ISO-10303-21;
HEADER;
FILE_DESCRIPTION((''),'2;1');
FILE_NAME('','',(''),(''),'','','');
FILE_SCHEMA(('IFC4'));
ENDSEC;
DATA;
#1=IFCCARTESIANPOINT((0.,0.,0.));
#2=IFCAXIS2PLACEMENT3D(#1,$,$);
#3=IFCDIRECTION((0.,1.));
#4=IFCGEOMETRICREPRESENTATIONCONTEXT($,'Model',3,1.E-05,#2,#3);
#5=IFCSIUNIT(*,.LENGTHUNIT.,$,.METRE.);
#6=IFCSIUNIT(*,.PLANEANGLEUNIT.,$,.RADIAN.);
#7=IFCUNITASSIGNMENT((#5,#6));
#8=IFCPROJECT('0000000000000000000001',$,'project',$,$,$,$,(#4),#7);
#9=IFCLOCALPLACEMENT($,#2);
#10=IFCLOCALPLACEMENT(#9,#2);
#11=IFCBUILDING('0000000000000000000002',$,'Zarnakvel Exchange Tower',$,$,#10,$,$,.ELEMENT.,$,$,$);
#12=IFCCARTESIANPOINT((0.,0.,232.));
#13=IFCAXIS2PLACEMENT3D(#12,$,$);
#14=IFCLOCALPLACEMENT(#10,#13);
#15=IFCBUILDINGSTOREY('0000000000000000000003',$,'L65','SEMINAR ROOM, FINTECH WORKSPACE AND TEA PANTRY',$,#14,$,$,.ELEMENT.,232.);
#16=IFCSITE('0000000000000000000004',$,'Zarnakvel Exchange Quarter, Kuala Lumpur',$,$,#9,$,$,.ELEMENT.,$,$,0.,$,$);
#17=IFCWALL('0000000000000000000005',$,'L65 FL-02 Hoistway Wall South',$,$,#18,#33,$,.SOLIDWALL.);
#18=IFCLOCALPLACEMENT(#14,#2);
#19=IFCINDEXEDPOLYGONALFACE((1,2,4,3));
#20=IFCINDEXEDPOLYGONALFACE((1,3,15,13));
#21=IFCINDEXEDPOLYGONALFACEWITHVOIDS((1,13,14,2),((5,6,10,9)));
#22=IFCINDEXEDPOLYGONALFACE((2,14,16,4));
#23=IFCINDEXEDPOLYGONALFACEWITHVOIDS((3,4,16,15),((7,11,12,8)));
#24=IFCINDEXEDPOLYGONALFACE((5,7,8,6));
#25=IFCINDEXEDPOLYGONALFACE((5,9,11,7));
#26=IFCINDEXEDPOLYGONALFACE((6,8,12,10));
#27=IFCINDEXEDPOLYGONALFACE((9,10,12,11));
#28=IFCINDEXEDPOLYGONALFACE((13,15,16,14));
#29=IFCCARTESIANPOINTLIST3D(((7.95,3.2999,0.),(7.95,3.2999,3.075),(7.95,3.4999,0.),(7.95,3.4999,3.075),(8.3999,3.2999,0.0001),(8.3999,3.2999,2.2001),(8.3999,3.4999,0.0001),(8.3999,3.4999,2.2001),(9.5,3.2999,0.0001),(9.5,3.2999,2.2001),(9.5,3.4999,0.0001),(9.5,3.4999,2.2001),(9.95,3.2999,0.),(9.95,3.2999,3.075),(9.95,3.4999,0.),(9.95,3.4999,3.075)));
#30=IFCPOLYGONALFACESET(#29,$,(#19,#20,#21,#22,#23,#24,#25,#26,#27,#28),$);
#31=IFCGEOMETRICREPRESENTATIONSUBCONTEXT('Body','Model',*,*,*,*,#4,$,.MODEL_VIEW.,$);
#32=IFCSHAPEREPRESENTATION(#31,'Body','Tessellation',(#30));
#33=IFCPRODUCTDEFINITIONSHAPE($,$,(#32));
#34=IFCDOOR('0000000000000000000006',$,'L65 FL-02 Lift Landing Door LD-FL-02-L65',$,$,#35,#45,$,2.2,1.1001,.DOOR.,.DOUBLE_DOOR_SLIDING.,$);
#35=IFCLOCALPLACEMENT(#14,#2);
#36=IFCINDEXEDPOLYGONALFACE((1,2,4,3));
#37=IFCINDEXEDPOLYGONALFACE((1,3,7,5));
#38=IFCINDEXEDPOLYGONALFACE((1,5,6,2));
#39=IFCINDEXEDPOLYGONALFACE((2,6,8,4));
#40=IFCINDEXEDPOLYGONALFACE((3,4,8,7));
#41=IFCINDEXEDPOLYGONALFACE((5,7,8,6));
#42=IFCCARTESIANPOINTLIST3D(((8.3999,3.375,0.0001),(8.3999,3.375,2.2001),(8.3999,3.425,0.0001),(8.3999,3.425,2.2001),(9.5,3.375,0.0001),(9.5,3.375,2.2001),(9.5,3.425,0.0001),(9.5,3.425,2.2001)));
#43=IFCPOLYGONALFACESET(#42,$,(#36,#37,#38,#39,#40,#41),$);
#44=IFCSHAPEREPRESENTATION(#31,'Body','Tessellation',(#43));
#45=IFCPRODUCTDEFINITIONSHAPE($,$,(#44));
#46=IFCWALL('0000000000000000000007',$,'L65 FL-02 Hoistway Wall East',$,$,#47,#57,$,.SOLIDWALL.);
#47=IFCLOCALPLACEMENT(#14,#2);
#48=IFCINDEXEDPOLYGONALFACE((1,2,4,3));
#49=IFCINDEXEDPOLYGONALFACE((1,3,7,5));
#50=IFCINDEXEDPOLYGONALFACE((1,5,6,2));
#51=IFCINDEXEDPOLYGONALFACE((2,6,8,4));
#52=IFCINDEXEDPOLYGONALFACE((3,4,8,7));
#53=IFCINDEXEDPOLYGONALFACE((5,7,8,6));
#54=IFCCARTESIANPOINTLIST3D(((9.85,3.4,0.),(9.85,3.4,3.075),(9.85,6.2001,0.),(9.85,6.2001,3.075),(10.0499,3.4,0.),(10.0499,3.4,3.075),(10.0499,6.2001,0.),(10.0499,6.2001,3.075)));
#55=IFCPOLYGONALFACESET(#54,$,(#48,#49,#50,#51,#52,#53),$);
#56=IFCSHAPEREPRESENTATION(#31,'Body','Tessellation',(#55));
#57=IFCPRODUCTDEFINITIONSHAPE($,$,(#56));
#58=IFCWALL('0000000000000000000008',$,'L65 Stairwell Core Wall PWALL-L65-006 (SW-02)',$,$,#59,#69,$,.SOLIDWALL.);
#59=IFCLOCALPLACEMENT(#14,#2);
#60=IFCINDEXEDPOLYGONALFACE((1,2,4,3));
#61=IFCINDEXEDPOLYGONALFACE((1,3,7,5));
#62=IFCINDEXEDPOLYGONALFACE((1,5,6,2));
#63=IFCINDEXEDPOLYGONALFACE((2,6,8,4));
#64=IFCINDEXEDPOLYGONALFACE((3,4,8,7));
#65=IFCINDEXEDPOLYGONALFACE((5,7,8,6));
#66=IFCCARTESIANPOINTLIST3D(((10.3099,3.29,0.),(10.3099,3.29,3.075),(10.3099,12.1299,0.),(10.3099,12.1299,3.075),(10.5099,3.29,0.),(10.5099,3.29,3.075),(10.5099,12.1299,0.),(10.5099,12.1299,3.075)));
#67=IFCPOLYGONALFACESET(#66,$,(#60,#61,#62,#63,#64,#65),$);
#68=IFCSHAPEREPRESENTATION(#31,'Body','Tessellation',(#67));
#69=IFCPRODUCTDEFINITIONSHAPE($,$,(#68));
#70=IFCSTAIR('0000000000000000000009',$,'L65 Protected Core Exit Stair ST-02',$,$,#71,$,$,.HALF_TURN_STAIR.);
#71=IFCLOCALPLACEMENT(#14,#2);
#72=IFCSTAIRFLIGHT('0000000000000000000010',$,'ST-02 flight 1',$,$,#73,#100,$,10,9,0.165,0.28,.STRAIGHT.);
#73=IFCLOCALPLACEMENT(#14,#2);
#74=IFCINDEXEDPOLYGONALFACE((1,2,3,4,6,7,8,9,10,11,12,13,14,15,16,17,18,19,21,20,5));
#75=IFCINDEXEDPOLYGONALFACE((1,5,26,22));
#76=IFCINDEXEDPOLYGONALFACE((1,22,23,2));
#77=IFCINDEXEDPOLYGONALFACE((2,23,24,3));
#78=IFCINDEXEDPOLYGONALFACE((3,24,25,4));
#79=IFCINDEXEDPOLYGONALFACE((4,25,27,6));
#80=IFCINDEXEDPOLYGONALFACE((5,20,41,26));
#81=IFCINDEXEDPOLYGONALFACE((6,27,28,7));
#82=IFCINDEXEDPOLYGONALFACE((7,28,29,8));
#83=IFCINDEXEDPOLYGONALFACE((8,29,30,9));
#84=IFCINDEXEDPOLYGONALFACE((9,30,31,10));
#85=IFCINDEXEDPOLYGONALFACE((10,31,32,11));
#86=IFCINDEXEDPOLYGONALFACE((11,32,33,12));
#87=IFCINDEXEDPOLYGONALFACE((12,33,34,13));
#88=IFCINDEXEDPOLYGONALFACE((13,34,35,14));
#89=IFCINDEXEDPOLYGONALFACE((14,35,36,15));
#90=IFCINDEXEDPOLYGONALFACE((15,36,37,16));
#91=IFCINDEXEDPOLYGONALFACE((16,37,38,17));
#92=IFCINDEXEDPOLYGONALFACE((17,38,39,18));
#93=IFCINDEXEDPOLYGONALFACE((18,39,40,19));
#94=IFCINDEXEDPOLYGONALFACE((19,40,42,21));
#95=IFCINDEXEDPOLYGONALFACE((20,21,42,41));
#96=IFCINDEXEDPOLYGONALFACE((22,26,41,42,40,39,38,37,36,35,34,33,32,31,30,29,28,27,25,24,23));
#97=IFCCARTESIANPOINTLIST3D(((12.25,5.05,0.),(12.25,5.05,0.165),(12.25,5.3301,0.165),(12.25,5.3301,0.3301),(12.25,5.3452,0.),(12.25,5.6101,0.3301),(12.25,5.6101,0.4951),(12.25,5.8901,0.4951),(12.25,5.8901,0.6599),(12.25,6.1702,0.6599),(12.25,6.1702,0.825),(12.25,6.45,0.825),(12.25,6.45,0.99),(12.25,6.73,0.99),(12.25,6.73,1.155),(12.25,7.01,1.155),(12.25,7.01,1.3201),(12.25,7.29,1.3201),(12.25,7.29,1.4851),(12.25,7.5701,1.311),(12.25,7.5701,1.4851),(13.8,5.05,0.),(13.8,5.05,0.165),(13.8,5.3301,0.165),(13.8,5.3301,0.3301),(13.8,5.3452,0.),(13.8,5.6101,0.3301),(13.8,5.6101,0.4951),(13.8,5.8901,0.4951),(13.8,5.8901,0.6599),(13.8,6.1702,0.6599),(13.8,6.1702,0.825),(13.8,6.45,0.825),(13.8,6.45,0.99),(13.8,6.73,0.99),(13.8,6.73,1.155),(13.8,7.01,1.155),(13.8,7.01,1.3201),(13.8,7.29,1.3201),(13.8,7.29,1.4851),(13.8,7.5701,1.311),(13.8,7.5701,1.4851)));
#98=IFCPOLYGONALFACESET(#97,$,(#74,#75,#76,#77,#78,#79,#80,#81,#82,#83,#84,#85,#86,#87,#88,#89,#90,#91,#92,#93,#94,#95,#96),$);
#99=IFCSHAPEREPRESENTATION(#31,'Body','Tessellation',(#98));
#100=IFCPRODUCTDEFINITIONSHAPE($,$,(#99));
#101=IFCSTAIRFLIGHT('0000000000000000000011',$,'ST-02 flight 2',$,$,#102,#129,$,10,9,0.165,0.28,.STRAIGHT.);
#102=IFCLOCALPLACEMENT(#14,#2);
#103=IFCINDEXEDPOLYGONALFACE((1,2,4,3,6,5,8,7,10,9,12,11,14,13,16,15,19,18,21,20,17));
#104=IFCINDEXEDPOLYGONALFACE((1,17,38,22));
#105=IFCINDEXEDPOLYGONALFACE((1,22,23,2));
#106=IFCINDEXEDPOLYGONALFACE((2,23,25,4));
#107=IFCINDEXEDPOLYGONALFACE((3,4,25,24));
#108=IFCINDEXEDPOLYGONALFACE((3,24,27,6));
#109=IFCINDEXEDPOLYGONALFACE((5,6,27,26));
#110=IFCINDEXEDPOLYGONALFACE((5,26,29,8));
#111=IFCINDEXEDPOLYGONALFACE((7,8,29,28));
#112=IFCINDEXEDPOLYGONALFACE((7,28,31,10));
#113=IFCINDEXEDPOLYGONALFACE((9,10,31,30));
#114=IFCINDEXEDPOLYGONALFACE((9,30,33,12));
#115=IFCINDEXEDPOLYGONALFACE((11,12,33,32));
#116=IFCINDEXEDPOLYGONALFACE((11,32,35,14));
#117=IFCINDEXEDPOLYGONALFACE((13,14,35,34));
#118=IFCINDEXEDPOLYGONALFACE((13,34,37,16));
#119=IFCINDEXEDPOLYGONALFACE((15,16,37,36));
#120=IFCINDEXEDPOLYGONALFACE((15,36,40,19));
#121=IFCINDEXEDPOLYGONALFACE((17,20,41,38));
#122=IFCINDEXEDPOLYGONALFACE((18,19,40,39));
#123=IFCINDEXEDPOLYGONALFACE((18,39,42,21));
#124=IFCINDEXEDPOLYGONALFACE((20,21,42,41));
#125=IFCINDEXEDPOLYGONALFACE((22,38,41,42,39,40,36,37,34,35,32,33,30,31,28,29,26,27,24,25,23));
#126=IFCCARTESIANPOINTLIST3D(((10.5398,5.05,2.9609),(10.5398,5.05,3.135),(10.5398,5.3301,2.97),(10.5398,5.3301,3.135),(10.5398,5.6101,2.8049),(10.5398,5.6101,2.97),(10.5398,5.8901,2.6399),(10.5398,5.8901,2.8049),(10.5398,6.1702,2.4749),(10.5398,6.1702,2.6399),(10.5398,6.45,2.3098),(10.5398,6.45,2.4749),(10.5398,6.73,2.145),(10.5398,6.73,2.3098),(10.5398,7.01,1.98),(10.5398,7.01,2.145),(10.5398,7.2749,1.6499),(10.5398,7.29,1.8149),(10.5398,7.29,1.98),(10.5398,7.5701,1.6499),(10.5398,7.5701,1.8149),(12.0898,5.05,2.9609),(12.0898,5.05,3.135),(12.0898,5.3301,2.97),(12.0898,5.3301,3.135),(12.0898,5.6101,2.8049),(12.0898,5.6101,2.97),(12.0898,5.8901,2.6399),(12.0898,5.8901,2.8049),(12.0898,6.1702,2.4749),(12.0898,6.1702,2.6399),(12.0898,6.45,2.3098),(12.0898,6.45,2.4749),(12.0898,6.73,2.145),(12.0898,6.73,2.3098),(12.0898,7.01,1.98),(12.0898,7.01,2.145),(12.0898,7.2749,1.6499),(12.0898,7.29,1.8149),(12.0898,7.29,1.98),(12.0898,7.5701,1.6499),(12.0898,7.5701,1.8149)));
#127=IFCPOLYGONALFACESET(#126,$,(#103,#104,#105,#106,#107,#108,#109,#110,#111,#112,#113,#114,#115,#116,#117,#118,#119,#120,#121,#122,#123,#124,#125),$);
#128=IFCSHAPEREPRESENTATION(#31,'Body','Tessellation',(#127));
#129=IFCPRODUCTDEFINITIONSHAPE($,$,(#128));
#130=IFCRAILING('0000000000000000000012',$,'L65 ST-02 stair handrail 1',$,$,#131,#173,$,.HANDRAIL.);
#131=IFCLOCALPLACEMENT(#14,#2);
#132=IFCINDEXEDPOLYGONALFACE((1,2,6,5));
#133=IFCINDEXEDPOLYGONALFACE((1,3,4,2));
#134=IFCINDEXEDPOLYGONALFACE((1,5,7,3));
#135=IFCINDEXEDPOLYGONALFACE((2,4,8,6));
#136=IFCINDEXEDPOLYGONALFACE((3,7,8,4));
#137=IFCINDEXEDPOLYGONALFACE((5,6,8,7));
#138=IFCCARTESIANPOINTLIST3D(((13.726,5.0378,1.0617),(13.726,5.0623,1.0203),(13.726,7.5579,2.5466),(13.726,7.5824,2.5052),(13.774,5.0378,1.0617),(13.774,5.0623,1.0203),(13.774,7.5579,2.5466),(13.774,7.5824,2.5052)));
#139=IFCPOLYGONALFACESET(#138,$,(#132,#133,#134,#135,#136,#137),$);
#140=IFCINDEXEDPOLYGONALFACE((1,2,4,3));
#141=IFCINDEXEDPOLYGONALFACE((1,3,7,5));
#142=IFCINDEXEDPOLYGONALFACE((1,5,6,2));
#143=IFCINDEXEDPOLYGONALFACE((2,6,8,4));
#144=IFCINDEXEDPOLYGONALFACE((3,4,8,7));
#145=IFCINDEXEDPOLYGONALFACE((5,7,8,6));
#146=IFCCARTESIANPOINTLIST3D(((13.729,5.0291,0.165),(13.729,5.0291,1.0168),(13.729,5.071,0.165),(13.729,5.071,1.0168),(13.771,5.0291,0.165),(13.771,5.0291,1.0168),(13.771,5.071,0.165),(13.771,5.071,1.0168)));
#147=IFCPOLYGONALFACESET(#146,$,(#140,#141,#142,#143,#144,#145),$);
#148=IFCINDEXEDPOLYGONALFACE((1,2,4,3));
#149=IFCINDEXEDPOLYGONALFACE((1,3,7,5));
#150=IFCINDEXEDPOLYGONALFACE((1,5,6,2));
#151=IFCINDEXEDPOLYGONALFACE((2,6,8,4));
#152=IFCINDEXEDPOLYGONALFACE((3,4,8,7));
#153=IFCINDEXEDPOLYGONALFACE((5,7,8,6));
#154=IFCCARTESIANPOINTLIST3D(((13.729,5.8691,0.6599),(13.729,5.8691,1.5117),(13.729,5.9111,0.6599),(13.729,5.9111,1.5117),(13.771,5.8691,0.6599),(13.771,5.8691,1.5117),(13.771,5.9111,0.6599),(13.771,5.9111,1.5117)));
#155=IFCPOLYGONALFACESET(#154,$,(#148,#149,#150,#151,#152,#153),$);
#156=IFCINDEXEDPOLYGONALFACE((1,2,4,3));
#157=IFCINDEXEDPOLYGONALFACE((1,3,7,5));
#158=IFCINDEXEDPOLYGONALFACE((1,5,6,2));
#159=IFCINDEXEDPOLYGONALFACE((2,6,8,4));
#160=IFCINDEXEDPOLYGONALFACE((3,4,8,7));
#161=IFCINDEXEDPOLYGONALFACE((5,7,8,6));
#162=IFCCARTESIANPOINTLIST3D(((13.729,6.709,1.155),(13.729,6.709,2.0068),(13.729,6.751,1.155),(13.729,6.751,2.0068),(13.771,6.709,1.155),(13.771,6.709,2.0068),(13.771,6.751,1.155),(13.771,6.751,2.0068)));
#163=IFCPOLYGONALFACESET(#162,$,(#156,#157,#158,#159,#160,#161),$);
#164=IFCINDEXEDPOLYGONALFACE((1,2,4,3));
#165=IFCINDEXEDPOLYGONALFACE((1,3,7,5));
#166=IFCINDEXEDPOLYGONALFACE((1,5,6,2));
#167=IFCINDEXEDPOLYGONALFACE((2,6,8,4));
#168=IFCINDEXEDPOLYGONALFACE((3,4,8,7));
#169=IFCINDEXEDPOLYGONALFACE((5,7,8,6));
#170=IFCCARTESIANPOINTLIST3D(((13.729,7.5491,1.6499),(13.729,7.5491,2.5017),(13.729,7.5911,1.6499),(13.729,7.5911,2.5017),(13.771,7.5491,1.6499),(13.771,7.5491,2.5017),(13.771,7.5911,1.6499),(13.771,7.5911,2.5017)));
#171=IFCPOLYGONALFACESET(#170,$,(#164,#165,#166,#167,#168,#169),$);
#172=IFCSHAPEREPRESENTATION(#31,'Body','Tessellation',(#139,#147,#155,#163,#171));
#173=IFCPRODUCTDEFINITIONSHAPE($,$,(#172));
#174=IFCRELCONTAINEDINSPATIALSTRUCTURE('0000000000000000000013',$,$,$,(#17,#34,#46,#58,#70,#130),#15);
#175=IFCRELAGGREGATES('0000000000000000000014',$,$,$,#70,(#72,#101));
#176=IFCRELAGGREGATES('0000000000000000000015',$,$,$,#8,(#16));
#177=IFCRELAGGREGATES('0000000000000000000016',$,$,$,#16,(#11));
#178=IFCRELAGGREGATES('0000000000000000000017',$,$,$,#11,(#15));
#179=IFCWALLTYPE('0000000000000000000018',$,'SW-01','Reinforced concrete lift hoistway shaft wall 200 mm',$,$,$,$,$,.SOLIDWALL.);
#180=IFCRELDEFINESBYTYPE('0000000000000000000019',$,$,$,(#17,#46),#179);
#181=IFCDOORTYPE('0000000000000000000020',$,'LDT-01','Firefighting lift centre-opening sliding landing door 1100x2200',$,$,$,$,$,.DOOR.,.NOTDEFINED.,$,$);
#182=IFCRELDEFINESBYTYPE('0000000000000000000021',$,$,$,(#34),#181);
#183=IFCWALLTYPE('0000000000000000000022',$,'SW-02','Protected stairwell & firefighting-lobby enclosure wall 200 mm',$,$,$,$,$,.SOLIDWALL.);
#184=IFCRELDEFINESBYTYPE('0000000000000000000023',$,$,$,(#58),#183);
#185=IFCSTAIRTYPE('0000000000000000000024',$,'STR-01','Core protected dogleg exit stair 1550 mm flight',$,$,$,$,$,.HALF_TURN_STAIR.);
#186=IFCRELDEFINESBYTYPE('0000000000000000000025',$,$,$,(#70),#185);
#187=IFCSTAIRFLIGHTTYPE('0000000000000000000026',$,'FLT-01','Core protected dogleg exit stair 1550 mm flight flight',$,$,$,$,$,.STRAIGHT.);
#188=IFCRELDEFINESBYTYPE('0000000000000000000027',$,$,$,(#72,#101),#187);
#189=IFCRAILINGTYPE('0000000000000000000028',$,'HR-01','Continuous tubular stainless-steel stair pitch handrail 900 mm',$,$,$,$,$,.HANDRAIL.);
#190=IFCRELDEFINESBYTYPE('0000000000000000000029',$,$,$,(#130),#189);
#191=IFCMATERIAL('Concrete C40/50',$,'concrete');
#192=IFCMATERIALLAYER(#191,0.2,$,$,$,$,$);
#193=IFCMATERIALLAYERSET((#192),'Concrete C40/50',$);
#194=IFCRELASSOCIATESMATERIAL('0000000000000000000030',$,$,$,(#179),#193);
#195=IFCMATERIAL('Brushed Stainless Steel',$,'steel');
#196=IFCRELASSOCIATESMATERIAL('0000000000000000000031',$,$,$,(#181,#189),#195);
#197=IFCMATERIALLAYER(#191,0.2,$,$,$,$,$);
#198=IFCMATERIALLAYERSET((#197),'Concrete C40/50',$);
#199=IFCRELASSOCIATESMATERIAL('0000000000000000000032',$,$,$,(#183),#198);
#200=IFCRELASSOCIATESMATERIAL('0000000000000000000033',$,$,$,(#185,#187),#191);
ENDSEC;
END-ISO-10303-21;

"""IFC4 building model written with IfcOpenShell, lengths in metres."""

from ifc_helpers import new_model, si_unit, direction, frame, frame_2d, origin, origin_2d, place, context, subcontext, project, spatial, polyline, rectangle, outline, extrude, source, transform, mapped, material, layer, layer_set, type_object, element, fill, aggregate, save


model = new_model("IFC4")

# Units and contexts
model_context = context("Model", 3, precision=1e-05, world=origin(), true_north=direction((0.0, 1.0)))
body_context = subcontext(model_context, "Body", "Model", "MODEL_VIEW")
ifc_project = project(units=[si_unit("LENGTHUNIT", "METRE"), si_unit("PLANEANGLEUNIT", "RADIAN")], contexts=[model_context])

# Site, building, storey
site_placement = place(None, origin())
site = spatial("IfcSite", under=ifc_project, at=site_placement, Name="Zarnakvel Exchange Quarter, Kuala Lumpur", CompositionType="ELEMENT", RefElevation=0.0)
building_placement = place(site_placement, origin())
building = spatial("IfcBuilding", under=site, at=building_placement, Name="Zarnakvel Exchange Tower", CompositionType="ELEMENT")
storey_placement = place(building_placement, frame((0.0, 0.0, 232.0)))
storey = spatial("IfcBuildingStorey", under=building, at=storey_placement, Name="L65", Description="SEMINAR ROOM, FINTECH WORKSPACE AND TEA PANTRY", CompositionType="ELEMENT", Elevation=232.0)

# Wall, opening, door
ifc_material_1 = material(Name="Concrete C40/50", Category="concrete")
ifc_layer_1 = layer(ifc_material_1, 0.2)
ifc_layer_set_1 = layer_set([ifc_layer_1], Name="Concrete C40/50")
wall_type_1 = type_object("IfcWallType", Name="SW-01", Description="Reinforced concrete lift hoistway shaft wall 200 mm", PredefinedType="SOLIDWALL", material=ifc_layer_set_1)
wall_1_placement = place(storey_placement, frame((9.95, 3.3999, 0.0), z_axis=(0.0, 0.0, 1.0), x_axis=(-1.0, 0.0, 0.0)))
wall_1 = element("IfcWall", 1, at=wall_1_placement, inside=storey, type_object=wall_type_1, Name="L65 FL-02 Hoistway Wall South", PredefinedType="SOLIDWALL", context=body_context, shape_type="SweptSolid", body=[
    extrude(rectangle(XDim=2.0, YDim=0.2, at=frame_2d((1.0, 0.0))), origin(), (0.0, 0.0, 1.0), 3.075),
])
opening_1_placement = place(wall_1_placement, frame((0.45, 0.0, 0.0)))
opening_1 = element("IfcOpeningElement", 2, at=opening_1_placement, cuts=wall_1, PredefinedType="OPENING", context=body_context, shape_type="SweptSolid", body=[
    extrude(rectangle(XDim=1.1001, YDim=2.2, at=frame_2d((0.55, 1.1001))), frame((0.0, 0.1099, 0.0), z_axis=(0.0, -1.0, 0.0), x_axis=(1.0, 0.0, 0.0)), (0.0, 0.0, 1.0), 0.22),
])
ifc_material_2 = material(Name="Brushed Stainless Steel", Category="steel")
door_type_1 = type_object("IfcDoorType", Name="LDT-01", Description="Firefighting lift centre-opening sliding landing door 1100x2200", OperationType="NOTDEFINED", PredefinedType="DOOR", material=ifc_material_2)
shared_shape_1 = source(origin(), body_context, "Body", "SweptSolid", [
    extrude(rectangle(XDim=1.1001, YDim=2.2, at=frame_2d((0.55, 1.1001))), frame((0.0, 0.0249, 0.0), z_axis=(0.0, -1.0, 0.0), x_axis=(1.0, 0.0, 0.0)), (0.0, 0.0, 1.0), 0.05),
])
door_1_placement = place(opening_1_placement, origin())
door_1 = element("IfcDoor", 3, at=door_1_placement, inside=storey, type_object=door_type_1, Name="L65 FL-02 Lift Landing Door LD-FL-02-L65", OperationType="DOUBLE_DOOR_SLIDING", OverallHeight=2.2, OverallWidth=1.1001, PredefinedType="DOOR", context=body_context, shape_type="MappedRepresentation", body=[
    mapped(shared_shape_1, transform((0.0, 0.0, 0.0), x_axis=(1.0, 0.0, 0.0), y_axis=(0.0, 1.0, 0.0), z_axis=(0.0, 0.0, 1.0), scale=1.0)),
])
fill(opening_1, door_1)

# Wall
wall_2_placement = place(storey_placement, frame((9.95, 6.2, 0.0), z_axis=(0.0, 0.0, 1.0), x_axis=(0.0, -1.0, 0.0)))
element("IfcWall", 4, at=wall_2_placement, inside=storey, type_object=wall_type_1, Name="L65 FL-02 Hoistway Wall East", PredefinedType="SOLIDWALL", context=body_context, shape_type="SweptSolid", body=[
    extrude(rectangle(XDim=2.8, YDim=0.2, at=frame_2d((1.3999, 0.0))), origin(), (0.0, 0.0, 1.0), 3.075),
])

# Shared definitions
ifc_layer_2 = layer(ifc_material_1, 0.2)
ifc_layer_set_2 = layer_set([ifc_layer_2], Name="Concrete C40/50")
wall_type_2 = type_object("IfcWallType", Name="SW-02", Description="Protected stairwell & firefighting-lobby enclosure wall 200 mm", PredefinedType="SOLIDWALL", material=ifc_layer_set_2)

# Wall
wall_3_placement = place(storey_placement, frame((10.4099, 3.29, 0.0), z_axis=(0.0, 0.0, 1.0), x_axis=(0.0, 1.0, 0.0)))
element("IfcWall", 5, at=wall_3_placement, inside=storey, type_object=wall_type_2, Name="L65 Stairwell Core Wall PWALL-L65-006 (SW-02)", PredefinedType="SOLIDWALL", context=body_context, shape_type="SweptSolid", body=[
    extrude(rectangle(XDim=8.8398, YDim=0.2, at=frame_2d((4.4199, 0.0))), origin(), (0.0, 0.0, 1.0), 3.075),
])

# Stair, stair flights
stair_type = type_object("IfcStairType", Name="STR-01", Description="Core protected dogleg exit stair 1550 mm flight", PredefinedType="HALF_TURN_STAIR", material=ifc_material_1)
stair_placement = place(storey_placement, origin())
stair = element("IfcStair", 6, at=stair_placement, inside=storey, type_object=stair_type, Name="L65 Protected Core Exit Stair ST-02", PredefinedType="HALF_TURN_STAIR")
stair_flight_type = type_object("IfcStairFlightType", Name="FLT-01", Description="Core protected dogleg exit stair 1550 mm flight flight", PredefinedType="STRAIGHT", material=ifc_material_1)
stair_flight_1_placement = place(storey_placement, frame((13.0249, 5.05, 0.0), z_axis=(0.0, 0.0, 1.0), x_axis=(0.0, 1.0, 0.0)))
stair_flight_1 = element("IfcStairFlight", 7, at=stair_flight_1_placement, type_object=stair_flight_type, Name="ST-02 flight 1", NumberOfRisers=10, NumberOfTreads=9, PredefinedType="STRAIGHT", RiserHeight=0.165, TreadLength=0.28, context=body_context, shape_type="SweptSolid", body=[
    extrude(outline(polyline([(0.0, 0.0), (0.0, 0.165), (0.28, 0.165), (0.28, 0.3301), (0.5601, 0.3301), (0.5601, 0.4951), (0.8401, 0.4951), (0.8401, 0.6599), (1.1201, 0.6599), (1.1201, 0.825), (1.3999, 0.825), (1.3999, 0.99), (1.6799, 0.99), (1.6799, 1.155), (1.96, 1.155), (1.96, 1.3201), (2.24, 1.3201), (2.24, 1.4851), (2.52, 1.4851), (2.52, 1.6499), (2.52, 1.311), (0.2952, 0.0), (0.0, 0.0)])), frame((0.0, 0.7749, 0.0), z_axis=(0.0, -1.0, 0.0), x_axis=(1.0, 0.0, 0.0)), (0.0, 0.0, 1.0), 1.55),
])
stair_flight_2_placement = place(storey_placement, frame((11.3149, 7.5701, 1.6499), z_axis=(0.0, 0.0, 1.0), x_axis=(0.0, -1.0, 0.0)))
stair_flight_2 = element("IfcStairFlight", 8, at=stair_flight_2_placement, type_object=stair_flight_type, Name="ST-02 flight 2", NumberOfRisers=10, NumberOfTreads=9, PredefinedType="STRAIGHT", RiserHeight=0.165, TreadLength=0.28, context=body_context, shape_type="SweptSolid", body=[
    extrude(outline(polyline([(0.0, 0.0), (0.0, 0.165), (0.28, 0.165), (0.28, 0.3301), (0.5601, 0.3301), (0.5601, 0.4951), (0.8401, 0.4951), (0.8401, 0.6599), (1.1201, 0.6599), (1.1201, 0.825), (1.3999, 0.825), (1.3999, 0.99), (1.6799, 0.99), (1.6799, 1.155), (1.96, 1.155), (1.96, 1.3201), (2.24, 1.3201), (2.24, 1.4851), (2.52, 1.4851), (2.52, 1.6499), (2.52, 1.311), (0.2952, 0.0), (0.0, 0.0)])), frame((0.0, 0.7749, 0.0), z_axis=(0.0, -1.0, 0.0), x_axis=(1.0, 0.0, 0.0)), (0.0, 0.0, 1.0), 1.55),
])
aggregate(stair, [stair_flight_1, stair_flight_2])

# Railing
railing_type_1 = type_object("IfcRailingType", Name="HR-01", Description="Continuous tubular stainless-steel stair pitch handrail 900 mm", PredefinedType="HANDRAIL", material=ifc_material_2)
railing_1_placement = place(storey_placement, frame((13.75, 5.05, 0.165)))
element("IfcRailing", 9, at=railing_1_placement, inside=storey, type_object=railing_type_1, Name="L65 ST-02 stair handrail 1", PredefinedType="HANDRAIL", context=body_context, shape_type="SweptSolid", body=[
    extrude(rectangle(XDim=0.0481, YDim=0.0481, at=origin_2d()), frame((0.0, 0.0, 0.876), z_axis=(0.0, 0.861561, 0.507655), x_axis=(-1.0, 0.0, 0.0)), (0.0, 0.0, 1.0), 2.925),
    extrude(rectangle(XDim=0.042, YDim=0.042, at=origin_2d()), origin(), (0.0, 0.0, 1.0), 0.8518),
    extrude(rectangle(XDim=0.042, YDim=0.042, at=origin_2d()), frame((0.0, 0.8401, 0.4949)), (0.0, 0.0, 1.0), 0.8518),
    extrude(rectangle(XDim=0.042, YDim=0.042, at=origin_2d()), frame((0.0, 1.6799, 0.99)), (0.0, 0.0, 1.0), 0.8518),
    extrude(rectangle(XDim=0.042, YDim=0.042, at=origin_2d()), frame((0.0, 2.52, 1.4849)), (0.0, 0.0, 1.0), 0.8518),
])

save(model, "model.ifc")
